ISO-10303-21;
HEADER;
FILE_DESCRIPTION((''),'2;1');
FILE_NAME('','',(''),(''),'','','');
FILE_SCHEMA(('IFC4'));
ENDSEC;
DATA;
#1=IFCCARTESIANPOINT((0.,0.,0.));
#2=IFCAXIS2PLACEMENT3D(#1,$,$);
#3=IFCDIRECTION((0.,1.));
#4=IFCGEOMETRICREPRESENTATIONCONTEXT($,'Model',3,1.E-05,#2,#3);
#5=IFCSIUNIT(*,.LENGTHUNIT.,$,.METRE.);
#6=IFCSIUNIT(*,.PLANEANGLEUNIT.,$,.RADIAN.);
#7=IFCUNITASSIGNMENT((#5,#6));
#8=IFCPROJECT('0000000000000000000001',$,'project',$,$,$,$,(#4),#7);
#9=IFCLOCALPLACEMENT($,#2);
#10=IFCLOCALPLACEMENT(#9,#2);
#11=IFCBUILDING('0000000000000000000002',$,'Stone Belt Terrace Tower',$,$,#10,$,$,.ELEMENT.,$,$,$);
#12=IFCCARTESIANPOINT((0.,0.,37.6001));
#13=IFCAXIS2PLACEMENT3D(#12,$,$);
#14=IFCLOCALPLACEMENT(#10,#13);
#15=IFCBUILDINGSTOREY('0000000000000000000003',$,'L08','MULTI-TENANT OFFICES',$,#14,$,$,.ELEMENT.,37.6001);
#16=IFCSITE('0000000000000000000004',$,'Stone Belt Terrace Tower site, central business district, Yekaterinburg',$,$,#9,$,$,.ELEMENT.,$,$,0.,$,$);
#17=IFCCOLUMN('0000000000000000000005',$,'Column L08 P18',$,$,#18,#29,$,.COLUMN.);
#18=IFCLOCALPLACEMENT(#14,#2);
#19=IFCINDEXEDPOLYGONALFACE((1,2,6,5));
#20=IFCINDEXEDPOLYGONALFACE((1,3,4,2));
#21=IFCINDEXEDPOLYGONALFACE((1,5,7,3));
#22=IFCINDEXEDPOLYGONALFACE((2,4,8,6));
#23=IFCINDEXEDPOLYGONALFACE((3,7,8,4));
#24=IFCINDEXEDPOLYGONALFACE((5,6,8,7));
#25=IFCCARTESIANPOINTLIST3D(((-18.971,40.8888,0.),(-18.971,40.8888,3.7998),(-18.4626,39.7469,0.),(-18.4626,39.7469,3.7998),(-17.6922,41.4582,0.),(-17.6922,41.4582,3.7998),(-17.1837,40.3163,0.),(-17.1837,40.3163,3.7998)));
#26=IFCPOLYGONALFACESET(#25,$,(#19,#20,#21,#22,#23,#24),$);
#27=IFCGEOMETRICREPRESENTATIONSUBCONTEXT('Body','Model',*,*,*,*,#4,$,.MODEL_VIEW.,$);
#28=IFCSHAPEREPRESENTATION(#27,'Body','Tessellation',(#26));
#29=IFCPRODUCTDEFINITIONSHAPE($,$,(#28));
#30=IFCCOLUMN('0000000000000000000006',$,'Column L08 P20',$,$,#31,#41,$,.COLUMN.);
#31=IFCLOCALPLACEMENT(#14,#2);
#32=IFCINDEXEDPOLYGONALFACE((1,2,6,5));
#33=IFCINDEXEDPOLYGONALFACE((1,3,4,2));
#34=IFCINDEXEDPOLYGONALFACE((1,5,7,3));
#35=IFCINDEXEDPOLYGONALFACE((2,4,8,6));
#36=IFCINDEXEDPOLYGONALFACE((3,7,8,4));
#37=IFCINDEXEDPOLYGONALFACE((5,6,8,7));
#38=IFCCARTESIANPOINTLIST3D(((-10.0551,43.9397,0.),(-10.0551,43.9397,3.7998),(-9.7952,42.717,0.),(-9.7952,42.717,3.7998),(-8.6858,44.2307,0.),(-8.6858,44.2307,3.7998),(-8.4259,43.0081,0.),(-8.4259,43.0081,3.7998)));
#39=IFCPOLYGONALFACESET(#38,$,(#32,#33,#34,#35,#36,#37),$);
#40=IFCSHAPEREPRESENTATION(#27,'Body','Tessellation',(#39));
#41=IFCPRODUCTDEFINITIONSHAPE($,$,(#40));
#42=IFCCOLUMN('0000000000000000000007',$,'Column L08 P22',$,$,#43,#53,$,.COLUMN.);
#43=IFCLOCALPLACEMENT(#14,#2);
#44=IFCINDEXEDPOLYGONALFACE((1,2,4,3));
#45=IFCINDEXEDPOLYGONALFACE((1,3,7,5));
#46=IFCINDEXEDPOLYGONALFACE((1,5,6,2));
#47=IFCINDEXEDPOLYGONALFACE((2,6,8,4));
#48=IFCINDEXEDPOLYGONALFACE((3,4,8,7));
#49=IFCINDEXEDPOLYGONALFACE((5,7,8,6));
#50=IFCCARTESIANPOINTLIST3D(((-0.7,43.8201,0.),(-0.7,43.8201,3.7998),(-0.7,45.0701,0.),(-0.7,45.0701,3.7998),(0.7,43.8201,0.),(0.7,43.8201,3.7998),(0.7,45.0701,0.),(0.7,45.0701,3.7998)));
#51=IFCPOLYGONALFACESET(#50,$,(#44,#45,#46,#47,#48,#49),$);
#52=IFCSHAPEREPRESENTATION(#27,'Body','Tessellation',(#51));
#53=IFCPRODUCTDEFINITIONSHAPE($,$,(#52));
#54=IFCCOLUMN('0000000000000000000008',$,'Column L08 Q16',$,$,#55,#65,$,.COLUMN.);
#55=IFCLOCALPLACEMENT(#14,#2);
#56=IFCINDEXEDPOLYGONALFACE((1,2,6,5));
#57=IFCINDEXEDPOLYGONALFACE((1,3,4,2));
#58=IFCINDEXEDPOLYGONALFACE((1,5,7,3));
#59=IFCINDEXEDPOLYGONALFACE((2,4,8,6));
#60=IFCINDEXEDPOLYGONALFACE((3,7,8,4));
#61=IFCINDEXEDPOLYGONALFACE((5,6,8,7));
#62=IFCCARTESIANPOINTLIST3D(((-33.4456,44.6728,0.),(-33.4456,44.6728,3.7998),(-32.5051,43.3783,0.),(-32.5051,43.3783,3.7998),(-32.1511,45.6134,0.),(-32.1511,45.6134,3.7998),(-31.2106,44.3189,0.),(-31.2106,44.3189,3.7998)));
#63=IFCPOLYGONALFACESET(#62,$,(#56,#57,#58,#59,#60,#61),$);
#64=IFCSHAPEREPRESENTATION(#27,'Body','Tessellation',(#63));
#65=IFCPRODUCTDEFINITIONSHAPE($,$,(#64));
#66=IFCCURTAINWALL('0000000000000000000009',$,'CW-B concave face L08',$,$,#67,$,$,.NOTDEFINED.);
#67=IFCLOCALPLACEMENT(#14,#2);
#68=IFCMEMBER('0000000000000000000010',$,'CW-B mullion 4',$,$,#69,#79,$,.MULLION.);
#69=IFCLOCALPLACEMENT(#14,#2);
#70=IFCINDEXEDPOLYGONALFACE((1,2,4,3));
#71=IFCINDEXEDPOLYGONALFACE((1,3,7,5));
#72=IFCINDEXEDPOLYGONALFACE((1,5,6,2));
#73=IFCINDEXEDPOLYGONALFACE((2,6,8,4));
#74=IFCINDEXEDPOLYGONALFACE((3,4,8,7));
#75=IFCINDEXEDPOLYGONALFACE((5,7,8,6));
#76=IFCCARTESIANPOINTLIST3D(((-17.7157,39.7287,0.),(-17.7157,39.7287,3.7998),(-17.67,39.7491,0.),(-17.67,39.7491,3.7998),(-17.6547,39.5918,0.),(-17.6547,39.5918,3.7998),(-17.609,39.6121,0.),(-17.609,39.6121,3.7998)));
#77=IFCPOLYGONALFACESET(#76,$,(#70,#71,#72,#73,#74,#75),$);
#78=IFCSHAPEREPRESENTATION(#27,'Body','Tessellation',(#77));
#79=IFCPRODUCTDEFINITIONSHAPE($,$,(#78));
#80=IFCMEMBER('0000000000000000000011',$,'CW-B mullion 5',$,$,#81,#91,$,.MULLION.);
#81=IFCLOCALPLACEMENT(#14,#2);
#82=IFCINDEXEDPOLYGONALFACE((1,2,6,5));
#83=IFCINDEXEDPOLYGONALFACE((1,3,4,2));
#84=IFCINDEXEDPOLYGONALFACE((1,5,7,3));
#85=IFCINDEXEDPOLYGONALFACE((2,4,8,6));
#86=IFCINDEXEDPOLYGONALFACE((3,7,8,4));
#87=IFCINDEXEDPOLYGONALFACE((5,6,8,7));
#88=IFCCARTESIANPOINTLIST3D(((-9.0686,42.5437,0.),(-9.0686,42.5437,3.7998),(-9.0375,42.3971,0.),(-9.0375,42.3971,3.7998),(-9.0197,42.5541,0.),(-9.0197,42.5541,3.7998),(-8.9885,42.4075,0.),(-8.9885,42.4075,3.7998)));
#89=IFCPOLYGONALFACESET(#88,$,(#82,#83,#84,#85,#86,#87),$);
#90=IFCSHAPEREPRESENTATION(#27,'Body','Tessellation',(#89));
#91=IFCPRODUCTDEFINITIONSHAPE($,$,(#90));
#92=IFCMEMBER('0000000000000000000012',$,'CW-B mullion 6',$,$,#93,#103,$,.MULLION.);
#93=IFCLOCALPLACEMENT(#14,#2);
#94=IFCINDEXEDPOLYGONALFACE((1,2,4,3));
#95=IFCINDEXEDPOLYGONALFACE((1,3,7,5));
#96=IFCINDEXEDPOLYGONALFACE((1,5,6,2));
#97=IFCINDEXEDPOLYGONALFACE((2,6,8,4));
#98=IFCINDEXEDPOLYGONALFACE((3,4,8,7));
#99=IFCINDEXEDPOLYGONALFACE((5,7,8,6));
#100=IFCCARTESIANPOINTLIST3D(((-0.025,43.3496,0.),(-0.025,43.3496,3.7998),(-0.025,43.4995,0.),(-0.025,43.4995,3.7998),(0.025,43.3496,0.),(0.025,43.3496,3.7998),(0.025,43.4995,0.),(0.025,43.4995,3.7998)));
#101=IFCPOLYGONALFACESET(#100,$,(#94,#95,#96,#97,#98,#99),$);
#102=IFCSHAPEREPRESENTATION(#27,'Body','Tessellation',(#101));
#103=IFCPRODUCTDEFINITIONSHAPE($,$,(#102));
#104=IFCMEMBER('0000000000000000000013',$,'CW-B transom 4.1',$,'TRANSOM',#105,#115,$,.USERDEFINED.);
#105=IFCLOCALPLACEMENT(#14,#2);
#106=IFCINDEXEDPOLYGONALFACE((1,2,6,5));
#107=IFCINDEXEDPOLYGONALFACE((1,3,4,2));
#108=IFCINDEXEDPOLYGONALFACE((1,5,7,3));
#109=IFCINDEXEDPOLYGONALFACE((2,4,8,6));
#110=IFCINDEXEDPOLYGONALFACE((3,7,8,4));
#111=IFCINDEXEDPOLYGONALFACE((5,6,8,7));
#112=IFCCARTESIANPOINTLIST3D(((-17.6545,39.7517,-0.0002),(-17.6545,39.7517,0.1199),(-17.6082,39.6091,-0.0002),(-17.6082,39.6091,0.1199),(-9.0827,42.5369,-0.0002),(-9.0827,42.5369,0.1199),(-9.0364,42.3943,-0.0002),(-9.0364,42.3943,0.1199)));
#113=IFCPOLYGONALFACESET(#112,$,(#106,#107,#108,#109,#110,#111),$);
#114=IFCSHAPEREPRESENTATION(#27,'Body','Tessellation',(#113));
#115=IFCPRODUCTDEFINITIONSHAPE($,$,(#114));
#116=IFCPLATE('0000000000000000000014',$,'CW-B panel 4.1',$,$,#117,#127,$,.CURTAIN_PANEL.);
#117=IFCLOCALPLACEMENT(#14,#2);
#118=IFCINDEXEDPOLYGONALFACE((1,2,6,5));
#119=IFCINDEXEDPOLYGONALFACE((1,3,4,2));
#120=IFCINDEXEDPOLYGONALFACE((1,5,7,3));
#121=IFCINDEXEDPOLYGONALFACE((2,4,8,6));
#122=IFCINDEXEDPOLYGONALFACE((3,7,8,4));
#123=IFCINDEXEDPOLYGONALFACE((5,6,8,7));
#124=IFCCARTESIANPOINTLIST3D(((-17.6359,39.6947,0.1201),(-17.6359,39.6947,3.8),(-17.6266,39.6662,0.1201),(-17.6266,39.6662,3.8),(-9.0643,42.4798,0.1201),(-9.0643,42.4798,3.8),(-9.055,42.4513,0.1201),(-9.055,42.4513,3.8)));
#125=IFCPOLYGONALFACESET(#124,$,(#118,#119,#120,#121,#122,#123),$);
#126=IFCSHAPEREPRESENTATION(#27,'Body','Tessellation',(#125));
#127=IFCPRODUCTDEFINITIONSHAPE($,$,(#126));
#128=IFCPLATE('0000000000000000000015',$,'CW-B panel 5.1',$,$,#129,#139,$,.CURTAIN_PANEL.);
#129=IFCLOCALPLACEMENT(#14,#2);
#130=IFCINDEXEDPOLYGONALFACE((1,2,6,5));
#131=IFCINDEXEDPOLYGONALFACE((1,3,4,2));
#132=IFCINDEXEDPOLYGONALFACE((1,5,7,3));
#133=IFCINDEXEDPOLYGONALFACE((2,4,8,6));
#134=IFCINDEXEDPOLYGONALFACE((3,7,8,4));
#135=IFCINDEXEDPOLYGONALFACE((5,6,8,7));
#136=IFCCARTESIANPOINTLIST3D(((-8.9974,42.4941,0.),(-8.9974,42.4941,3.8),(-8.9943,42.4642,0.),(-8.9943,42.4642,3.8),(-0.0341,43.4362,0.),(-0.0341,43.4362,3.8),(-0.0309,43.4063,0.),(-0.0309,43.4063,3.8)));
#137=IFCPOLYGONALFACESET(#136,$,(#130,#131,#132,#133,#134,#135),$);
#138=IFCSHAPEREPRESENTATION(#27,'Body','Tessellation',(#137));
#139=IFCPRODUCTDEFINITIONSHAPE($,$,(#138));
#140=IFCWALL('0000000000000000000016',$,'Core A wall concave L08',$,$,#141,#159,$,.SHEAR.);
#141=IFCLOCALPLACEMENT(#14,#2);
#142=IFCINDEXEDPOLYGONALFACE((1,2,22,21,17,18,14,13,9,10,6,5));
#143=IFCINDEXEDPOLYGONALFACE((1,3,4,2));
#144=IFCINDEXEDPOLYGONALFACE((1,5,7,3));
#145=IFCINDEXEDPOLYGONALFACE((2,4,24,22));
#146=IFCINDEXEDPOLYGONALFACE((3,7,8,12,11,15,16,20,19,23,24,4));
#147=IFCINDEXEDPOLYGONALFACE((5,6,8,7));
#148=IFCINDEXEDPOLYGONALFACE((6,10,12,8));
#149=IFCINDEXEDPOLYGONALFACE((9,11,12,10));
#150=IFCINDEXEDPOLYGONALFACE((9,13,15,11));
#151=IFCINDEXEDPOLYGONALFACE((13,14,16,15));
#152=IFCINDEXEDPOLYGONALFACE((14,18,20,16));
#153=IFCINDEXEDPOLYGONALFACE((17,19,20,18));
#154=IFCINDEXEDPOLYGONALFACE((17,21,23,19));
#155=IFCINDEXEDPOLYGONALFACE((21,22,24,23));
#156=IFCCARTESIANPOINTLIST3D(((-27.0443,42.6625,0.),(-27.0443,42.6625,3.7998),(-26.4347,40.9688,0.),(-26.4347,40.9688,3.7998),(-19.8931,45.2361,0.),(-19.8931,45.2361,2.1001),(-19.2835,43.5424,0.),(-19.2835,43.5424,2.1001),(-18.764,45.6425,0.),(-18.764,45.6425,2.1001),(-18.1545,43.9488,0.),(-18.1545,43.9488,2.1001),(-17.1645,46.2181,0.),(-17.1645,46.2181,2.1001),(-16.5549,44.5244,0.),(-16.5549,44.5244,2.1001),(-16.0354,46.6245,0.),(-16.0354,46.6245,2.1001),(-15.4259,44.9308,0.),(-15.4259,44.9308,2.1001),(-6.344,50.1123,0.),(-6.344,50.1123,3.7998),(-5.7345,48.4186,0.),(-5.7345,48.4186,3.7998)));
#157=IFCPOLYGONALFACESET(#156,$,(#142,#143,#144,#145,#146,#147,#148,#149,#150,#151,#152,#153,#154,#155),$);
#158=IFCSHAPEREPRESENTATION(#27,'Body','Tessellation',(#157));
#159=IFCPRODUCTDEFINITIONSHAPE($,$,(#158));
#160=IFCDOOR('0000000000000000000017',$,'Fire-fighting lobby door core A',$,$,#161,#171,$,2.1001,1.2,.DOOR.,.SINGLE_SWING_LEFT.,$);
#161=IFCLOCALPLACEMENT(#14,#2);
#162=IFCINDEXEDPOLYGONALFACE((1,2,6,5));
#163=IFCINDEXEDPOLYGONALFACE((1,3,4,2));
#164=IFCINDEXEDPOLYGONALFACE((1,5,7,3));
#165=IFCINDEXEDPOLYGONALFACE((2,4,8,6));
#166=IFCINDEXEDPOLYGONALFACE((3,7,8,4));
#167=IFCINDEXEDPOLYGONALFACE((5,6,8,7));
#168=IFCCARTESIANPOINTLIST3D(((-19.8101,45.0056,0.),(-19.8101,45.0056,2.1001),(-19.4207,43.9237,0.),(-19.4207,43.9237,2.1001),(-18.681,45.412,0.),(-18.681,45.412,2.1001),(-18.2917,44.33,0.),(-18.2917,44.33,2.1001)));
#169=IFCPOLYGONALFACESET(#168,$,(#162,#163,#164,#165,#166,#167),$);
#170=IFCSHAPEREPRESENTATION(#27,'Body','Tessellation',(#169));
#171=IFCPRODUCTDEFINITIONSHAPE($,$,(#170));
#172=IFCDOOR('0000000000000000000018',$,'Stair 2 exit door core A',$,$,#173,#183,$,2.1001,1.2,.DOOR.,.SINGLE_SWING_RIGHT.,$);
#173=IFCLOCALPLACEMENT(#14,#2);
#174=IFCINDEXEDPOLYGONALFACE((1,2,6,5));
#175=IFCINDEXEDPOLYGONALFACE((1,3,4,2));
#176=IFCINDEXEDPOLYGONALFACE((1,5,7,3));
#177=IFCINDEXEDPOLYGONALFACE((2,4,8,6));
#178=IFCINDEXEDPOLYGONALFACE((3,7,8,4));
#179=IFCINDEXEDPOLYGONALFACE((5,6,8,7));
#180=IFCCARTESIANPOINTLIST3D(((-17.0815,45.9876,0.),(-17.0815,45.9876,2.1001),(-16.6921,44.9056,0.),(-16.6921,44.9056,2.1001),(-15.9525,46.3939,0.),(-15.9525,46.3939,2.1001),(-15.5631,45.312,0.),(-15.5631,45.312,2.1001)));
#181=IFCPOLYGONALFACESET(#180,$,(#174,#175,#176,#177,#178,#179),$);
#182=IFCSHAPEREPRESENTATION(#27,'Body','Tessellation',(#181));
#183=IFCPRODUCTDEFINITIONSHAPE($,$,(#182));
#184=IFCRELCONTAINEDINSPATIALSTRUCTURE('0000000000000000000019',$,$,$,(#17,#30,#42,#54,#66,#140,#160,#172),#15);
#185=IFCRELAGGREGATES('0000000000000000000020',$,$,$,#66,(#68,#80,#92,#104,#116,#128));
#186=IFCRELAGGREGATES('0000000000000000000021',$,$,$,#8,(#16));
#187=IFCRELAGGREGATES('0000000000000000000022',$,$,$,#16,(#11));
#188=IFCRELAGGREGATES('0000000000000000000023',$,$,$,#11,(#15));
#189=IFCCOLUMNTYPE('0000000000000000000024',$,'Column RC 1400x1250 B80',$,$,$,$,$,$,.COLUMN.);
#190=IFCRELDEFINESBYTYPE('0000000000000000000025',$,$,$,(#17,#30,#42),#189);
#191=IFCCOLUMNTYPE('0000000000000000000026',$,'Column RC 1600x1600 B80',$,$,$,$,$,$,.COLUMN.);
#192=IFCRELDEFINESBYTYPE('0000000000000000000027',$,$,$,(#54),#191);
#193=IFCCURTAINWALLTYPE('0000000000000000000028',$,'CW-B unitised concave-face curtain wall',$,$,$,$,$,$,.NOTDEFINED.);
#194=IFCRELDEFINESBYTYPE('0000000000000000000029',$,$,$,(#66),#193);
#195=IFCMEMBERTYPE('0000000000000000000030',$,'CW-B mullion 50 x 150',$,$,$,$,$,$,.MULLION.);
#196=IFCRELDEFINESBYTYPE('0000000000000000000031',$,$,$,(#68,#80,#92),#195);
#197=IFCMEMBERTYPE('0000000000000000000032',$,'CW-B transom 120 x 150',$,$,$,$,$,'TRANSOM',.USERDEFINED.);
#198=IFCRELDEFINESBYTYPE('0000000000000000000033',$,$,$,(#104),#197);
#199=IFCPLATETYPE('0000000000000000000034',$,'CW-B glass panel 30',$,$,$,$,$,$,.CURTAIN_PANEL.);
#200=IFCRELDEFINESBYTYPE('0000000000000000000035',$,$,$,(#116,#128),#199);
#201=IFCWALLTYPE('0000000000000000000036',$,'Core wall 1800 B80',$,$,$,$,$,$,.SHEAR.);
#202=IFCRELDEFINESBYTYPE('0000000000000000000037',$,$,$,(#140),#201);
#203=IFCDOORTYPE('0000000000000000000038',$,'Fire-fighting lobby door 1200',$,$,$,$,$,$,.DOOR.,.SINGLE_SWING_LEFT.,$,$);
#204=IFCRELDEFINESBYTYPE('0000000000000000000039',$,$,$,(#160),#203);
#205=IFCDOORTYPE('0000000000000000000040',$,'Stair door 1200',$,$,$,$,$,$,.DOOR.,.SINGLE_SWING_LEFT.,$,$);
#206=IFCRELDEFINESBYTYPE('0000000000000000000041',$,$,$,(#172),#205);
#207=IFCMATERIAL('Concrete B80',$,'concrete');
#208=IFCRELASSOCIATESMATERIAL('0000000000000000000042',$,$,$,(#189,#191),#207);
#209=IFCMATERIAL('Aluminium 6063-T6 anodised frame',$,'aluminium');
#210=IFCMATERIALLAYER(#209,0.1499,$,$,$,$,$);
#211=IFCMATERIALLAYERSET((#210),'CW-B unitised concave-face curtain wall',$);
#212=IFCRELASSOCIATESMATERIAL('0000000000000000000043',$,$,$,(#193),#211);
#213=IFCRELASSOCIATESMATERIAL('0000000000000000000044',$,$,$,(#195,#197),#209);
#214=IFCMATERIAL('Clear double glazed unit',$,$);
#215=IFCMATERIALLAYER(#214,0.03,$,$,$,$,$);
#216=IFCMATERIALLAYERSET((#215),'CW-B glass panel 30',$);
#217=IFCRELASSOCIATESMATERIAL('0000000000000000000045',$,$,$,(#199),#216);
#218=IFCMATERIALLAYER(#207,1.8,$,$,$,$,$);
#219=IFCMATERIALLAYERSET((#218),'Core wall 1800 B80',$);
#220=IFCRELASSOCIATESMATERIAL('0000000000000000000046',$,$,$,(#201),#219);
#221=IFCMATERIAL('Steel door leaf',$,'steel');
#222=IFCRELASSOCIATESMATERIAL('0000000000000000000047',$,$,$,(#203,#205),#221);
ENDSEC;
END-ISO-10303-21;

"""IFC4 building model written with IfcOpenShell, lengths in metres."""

from ifc_helpers import new_model, si_unit, direction, frame, frame_2d, origin, origin_2d, place, context, subcontext, project, spatial, rectangle, extrude, material, layer, layer_set, material_profile, profile_set, type_object, element, fill, aggregate, save


model = new_model("IFC4")

# Units and contexts
model_context = context("Model", 3, precision=1e-05, world=origin(), true_north=direction((0.0, 1.0)))
body_context = subcontext(model_context, "Body", "Model", "MODEL_VIEW")
ifc_project = project(units=[si_unit("LENGTHUNIT", "METRE"), si_unit("PLANEANGLEUNIT", "RADIAN")], contexts=[model_context])

# Site, building, storey
site_placement = place(None, origin())
site = spatial("IfcSite", under=ifc_project, at=site_placement, Name="Stone Belt Terrace Tower site, central business district, Yekaterinburg", CompositionType="ELEMENT", RefElevation=0.0)
building_placement = place(site_placement, origin())
building = spatial("IfcBuilding", under=site, at=building_placement, Name="Stone Belt Terrace Tower", CompositionType="ELEMENT")
storey_placement = place(building_placement, frame((0.0, 0.0, 37.6001)))
storey = spatial("IfcBuildingStorey", under=building, at=storey_placement, Name="L08", Description="MULTI-TENANT OFFICES", CompositionType="ELEMENT", Elevation=37.6001)

# Columns
ifc_material_1 = material(Name="Concrete B80", Category="concrete")
ifc_material_profile_1 = material_profile(ifc_material_1, rectangle(XDim=1.3999, YDim=1.25, at=origin_2d()), Name="RC 1400x1250")
ifc_profile_set_1 = profile_set([ifc_material_profile_1], Name="Concrete B80")
column_type_1 = type_object("IfcColumnType", Name="Column RC 1400x1250 B80", PredefinedType="COLUMN", material=ifc_profile_set_1)
for number, where, z_axis, x_axis, name in (
    (1, (-18.0774, 40.6025, 0.0), (0.0, 0.0, 1.0), (0.913545, 0.406737, 0.0), "Column L08 P18"),
    (2, (-9.2405, 43.4739, 0.0), (0.0, 0.0, 1.0), (0.978148, 0.207912, 0.0), "Column L08 P20"),
    (3, (0.0, 44.4451, 0.0), (0.0, 0.0, 1.0), (1.0, 0.0, 0.0), "Column L08 P22"),
):
    element("IfcColumn", number, at=place(storey_placement, frame(where, z_axis=z_axis, x_axis=x_axis)), inside=storey, type_object=column_type_1, Name=name, PredefinedType="COLUMN", context=body_context, shape_type="SweptSolid", body=[
        extrude(rectangle(XDim=1.3999, YDim=1.25, at=origin_2d()), origin(), (0.0, 0.0, 1.0), 3.7998),
    ])
ifc_material_profile_2 = material_profile(ifc_material_1, rectangle(XDim=1.6001, YDim=1.6001, at=origin_2d()), Name="RC 1600x1600")
ifc_profile_set_2 = profile_set([ifc_material_profile_2], Name="Concrete B80")
column_type_2 = type_object("IfcColumnType", Name="Column RC 1600x1600 B80", PredefinedType="COLUMN", material=ifc_profile_set_2)
column_placement = place(storey_placement, frame((-32.3281, 44.4958, 0.0), z_axis=(0.0, 0.0, 1.0), x_axis=(0.809017, 0.587785, 0.0)))
element("IfcColumn", 4, at=column_placement, inside=storey, type_object=column_type_2, Name="Column L08 Q16", PredefinedType="COLUMN", context=body_context, shape_type="SweptSolid", body=[
    extrude(rectangle(XDim=1.6001, YDim=1.6001, at=origin_2d()), origin(), (0.0, 0.0, 1.0), 3.7998),
])

# Curtain wall, members, plates
ifc_material_2 = material(Name="Aluminium 6063-T6 anodised frame", Category="aluminium")
ifc_layer_1 = layer(ifc_material_2, 0.1499)
ifc_layer_set_1 = layer_set([ifc_layer_1], Name="CW-B unitised concave-face curtain wall")
curtain_wall_type = type_object("IfcCurtainWallType", Name="CW-B unitised concave-face curtain wall", PredefinedType="NOTDEFINED", material=ifc_layer_set_1)
curtain_wall_placement = place(storey_placement, origin())
curtain_wall = element("IfcCurtainWall", 5, at=curtain_wall_placement, inside=storey, type_object=curtain_wall_type, Name="CW-B concave face L08", PredefinedType="NOTDEFINED")
ifc_material_profile_3 = material_profile(ifc_material_2, rectangle(XDim=0.1499, YDim=0.05, at=origin_2d()), Name="Aluminium 6063-T6 50x150")
ifc_profile_set_3 = profile_set([ifc_material_profile_3], Name="Aluminium 6063-T6 anodised frame")
member_type_1 = type_object("IfcMemberType", Name="CW-B mullion 50 x 150", PredefinedType="MULLION", material=ifc_profile_set_3)
member_1_placement = place(storey_placement, frame((-17.6624, 39.6704, 0.0), z_axis=(0.0, 0.0, 1.0), x_axis=(-0.406737, 0.913545, 0.0)))
member_1 = element("IfcMember", 6, at=member_1_placement, type_object=member_type_1, Name="CW-B mullion 4", PredefinedType="MULLION", context=body_context, shape_type="SweptSolid", body=[
    extrude(rectangle(XDim=0.1499, YDim=0.05, at=origin_2d()), origin(), (0.0, 0.0, 1.0), 3.7998),
])
member_2_placement = place(storey_placement, frame((-9.0286, 42.4756, 0.0), z_axis=(0.0, 0.0, 1.0), x_axis=(-0.207912, 0.978148, 0.0)))
member_2 = element("IfcMember", 7, at=member_2_placement, type_object=member_type_1, Name="CW-B mullion 5", PredefinedType="MULLION", context=body_context, shape_type="SweptSolid", body=[
    extrude(rectangle(XDim=0.1499, YDim=0.05, at=origin_2d()), origin(), (0.0, 0.0, 1.0), 3.7998),
])
member_3_placement = place(storey_placement, frame((0.0, 43.4246, 0.0), z_axis=(0.0, 0.0, 1.0), x_axis=(0.0, 1.0, 0.0)))
member_3 = element("IfcMember", 8, at=member_3_placement, type_object=member_type_1, Name="CW-B mullion 6", PredefinedType="MULLION", context=body_context, shape_type="SweptSolid", body=[
    extrude(rectangle(XDim=0.1499, YDim=0.05, at=origin_2d()), origin(), (0.0, 0.0, 1.0), 3.7998),
])
ifc_material_profile_4 = material_profile(ifc_material_2, rectangle(XDim=0.1499, YDim=0.1201, at=origin_2d()), Name="Aluminium 6063-T6 150x120")
ifc_profile_set_4 = profile_set([ifc_material_profile_4], Name="Aluminium 6063-T6 anodised frame")
member_type_2 = type_object("IfcMemberType", Name="CW-B transom 120 x 150", ElementType="TRANSOM", PredefinedType="USERDEFINED", material=ifc_profile_set_4)
member_4_placement = place(storey_placement, frame((-17.6313, 39.6804, 0.0598), z_axis=(0.951056, 0.309019, 0.0), x_axis=(-0.309019, 0.951056, 0.0)))
member_4 = element("IfcMember", 9, at=member_4_placement, type_object=member_type_2, Name="CW-B transom 4.1", ObjectType="TRANSOM", PredefinedType="USERDEFINED", context=body_context, shape_type="SweptSolid", body=[
    extrude(rectangle(XDim=0.1499, YDim=0.1201, at=origin_2d()), origin(), (0.0, 0.0, 1.0), 9.0129),
])
ifc_material_3 = material(Name="Clear double glazed unit")
ifc_layer_2 = layer(ifc_material_3, 0.03)
ifc_layer_set_2 = layer_set([ifc_layer_2], Name="CW-B glass panel 30")
plate_type = type_object("IfcPlateType", Name="CW-B glass panel 30", PredefinedType="CURTAIN_PANEL", material=ifc_layer_set_2)
plate_1_placement = place(storey_placement, frame((-13.3455, 41.073, 0.1201), z_axis=(0.0, 0.0, 1.0), x_axis=(0.951057, 0.309017, 0.0)))
plate_1 = element("IfcPlate", 10, at=plate_1_placement, type_object=plate_type, Name="CW-B panel 4.1", PredefinedType="CURTAIN_PANEL", context=body_context, shape_type="SweptSolid", body=[
    extrude(rectangle(XDim=9.0127, YDim=0.03, at=origin_2d()), origin(), (0.0, 0.0, 1.0), 3.6799),
])
plate_2_placement = place(storey_placement, frame((-4.5142, 42.9502, 0.0), z_axis=(0.0, 0.0, 1.0), x_axis=(0.994522, 0.104528, 0.0)))
plate_2 = element("IfcPlate", 11, at=plate_2_placement, type_object=plate_type, Name="CW-B panel 5.1", PredefinedType="CURTAIN_PANEL", context=body_context, shape_type="SweptSolid", body=[
    extrude(rectangle(XDim=9.0127, YDim=0.03, at=origin_2d()), origin(), (0.0, 0.0, 1.0), 3.8),
])
aggregate(curtain_wall, [member_1, member_2, member_3, member_4, plate_1, plate_2])

# Wall, openings, doors
ifc_layer_3 = layer(ifc_material_1, 1.8)
ifc_layer_set_3 = layer_set([ifc_layer_3], Name="Core wall 1800 B80")
wall_type_1 = type_object("IfcWallType", Name="Core wall 1800 B80", PredefinedType="SHEAR", material=ifc_layer_set_3)
wall_1_placement = place(storey_placement, frame((-26.7395, 41.8157, 0.0), z_axis=(0.0, 0.0, 1.0), x_axis=(0.940922, 0.338624, 0.0)))
wall_1 = element("IfcWall", 12, at=wall_1_placement, inside=storey, type_object=wall_type_1, Name="Core A wall concave L08", PredefinedType="SHEAR", context=body_context, shape_type="SweptSolid", body=[
    extrude(rectangle(XDim=22.0, YDim=1.8, at=frame_2d((11.0, 0.0))), origin(), (0.0, 0.0, 1.0), 3.7998),
])
opening_1_placement = place(wall_1_placement, frame((7.6001, 0.0, 0.0)))
opening_1 = element("IfcOpeningElement", 13, at=opening_1_placement, cuts=wall_1, PredefinedType="OPENING", context=body_context, shape_type="SweptSolid", body=[
    extrude(rectangle(XDim=1.2, YDim=2.1001, at=frame_2d((0.6001, 1.05))), frame((0.0, 0.9099, 0.0), z_axis=(0.0, -1.0, 0.0), x_axis=(1.0, 0.0, 0.0)), (0.0, 0.0, 1.0), 1.8201),
])
opening_2_placement = place(wall_1_placement, frame((10.5, 0.0, 0.0)))
opening_2 = element("IfcOpeningElement", 14, at=opening_2_placement, cuts=wall_1, PredefinedType="OPENING", context=body_context, shape_type="SweptSolid", body=[
    extrude(rectangle(XDim=1.2, YDim=2.1001, at=frame_2d((0.6001, 1.05))), frame((0.0, 0.9099, 0.0), z_axis=(0.0, -1.0, 0.0), x_axis=(1.0, 0.0, 0.0)), (0.0, 0.0, 1.0), 1.8201),
])
ifc_material_4 = material(Name="Steel door leaf", Category="steel")
door_type_1 = type_object("IfcDoorType", Name="Fire-fighting lobby door 1200", OperationType="SINGLE_SWING_LEFT", PredefinedType="DOOR", material=ifc_material_4)
door_1_placement = place(opening_1_placement, origin())
door_1 = element("IfcDoor", 15, at=door_1_placement, inside=storey, type_object=door_type_1, Name="Fire-fighting lobby door core A", OperationType="SINGLE_SWING_LEFT", OverallHeight=2.1001, OverallWidth=1.2, PredefinedType="DOOR", context=body_context, shape_type="SweptSolid", body=[
    extrude(rectangle(XDim=1.2, YDim=2.1001, at=frame_2d((0.6001, 1.05))), frame((0.0, 0.655, 0.0), z_axis=(0.0, -1.0, 0.0), x_axis=(1.0, 0.0, 0.0)), (0.0, 0.0, 1.0), 1.1499),
])
fill(opening_1, door_1)
door_type_2 = type_object("IfcDoorType", Name="Stair door 1200", OperationType="SINGLE_SWING_LEFT", PredefinedType="DOOR", material=ifc_material_4)
door_2_placement = place(opening_2_placement, origin())
door_2 = element("IfcDoor", 16, at=door_2_placement, inside=storey, type_object=door_type_2, Name="Stair 2 exit door core A", OperationType="SINGLE_SWING_RIGHT", OverallHeight=2.1001, OverallWidth=1.2, PredefinedType="DOOR", context=body_context, shape_type="SweptSolid", body=[
    extrude(rectangle(XDim=1.2, YDim=2.1001, at=frame_2d((0.6001, 1.05))), frame((0.0, 0.655, 0.0), z_axis=(0.0, -1.0, 0.0), x_axis=(1.0, 0.0, 0.0)), (0.0, 0.0, 1.0), 1.1499),
])
fill(opening_2, door_2)

save(model, "model.ifc")
